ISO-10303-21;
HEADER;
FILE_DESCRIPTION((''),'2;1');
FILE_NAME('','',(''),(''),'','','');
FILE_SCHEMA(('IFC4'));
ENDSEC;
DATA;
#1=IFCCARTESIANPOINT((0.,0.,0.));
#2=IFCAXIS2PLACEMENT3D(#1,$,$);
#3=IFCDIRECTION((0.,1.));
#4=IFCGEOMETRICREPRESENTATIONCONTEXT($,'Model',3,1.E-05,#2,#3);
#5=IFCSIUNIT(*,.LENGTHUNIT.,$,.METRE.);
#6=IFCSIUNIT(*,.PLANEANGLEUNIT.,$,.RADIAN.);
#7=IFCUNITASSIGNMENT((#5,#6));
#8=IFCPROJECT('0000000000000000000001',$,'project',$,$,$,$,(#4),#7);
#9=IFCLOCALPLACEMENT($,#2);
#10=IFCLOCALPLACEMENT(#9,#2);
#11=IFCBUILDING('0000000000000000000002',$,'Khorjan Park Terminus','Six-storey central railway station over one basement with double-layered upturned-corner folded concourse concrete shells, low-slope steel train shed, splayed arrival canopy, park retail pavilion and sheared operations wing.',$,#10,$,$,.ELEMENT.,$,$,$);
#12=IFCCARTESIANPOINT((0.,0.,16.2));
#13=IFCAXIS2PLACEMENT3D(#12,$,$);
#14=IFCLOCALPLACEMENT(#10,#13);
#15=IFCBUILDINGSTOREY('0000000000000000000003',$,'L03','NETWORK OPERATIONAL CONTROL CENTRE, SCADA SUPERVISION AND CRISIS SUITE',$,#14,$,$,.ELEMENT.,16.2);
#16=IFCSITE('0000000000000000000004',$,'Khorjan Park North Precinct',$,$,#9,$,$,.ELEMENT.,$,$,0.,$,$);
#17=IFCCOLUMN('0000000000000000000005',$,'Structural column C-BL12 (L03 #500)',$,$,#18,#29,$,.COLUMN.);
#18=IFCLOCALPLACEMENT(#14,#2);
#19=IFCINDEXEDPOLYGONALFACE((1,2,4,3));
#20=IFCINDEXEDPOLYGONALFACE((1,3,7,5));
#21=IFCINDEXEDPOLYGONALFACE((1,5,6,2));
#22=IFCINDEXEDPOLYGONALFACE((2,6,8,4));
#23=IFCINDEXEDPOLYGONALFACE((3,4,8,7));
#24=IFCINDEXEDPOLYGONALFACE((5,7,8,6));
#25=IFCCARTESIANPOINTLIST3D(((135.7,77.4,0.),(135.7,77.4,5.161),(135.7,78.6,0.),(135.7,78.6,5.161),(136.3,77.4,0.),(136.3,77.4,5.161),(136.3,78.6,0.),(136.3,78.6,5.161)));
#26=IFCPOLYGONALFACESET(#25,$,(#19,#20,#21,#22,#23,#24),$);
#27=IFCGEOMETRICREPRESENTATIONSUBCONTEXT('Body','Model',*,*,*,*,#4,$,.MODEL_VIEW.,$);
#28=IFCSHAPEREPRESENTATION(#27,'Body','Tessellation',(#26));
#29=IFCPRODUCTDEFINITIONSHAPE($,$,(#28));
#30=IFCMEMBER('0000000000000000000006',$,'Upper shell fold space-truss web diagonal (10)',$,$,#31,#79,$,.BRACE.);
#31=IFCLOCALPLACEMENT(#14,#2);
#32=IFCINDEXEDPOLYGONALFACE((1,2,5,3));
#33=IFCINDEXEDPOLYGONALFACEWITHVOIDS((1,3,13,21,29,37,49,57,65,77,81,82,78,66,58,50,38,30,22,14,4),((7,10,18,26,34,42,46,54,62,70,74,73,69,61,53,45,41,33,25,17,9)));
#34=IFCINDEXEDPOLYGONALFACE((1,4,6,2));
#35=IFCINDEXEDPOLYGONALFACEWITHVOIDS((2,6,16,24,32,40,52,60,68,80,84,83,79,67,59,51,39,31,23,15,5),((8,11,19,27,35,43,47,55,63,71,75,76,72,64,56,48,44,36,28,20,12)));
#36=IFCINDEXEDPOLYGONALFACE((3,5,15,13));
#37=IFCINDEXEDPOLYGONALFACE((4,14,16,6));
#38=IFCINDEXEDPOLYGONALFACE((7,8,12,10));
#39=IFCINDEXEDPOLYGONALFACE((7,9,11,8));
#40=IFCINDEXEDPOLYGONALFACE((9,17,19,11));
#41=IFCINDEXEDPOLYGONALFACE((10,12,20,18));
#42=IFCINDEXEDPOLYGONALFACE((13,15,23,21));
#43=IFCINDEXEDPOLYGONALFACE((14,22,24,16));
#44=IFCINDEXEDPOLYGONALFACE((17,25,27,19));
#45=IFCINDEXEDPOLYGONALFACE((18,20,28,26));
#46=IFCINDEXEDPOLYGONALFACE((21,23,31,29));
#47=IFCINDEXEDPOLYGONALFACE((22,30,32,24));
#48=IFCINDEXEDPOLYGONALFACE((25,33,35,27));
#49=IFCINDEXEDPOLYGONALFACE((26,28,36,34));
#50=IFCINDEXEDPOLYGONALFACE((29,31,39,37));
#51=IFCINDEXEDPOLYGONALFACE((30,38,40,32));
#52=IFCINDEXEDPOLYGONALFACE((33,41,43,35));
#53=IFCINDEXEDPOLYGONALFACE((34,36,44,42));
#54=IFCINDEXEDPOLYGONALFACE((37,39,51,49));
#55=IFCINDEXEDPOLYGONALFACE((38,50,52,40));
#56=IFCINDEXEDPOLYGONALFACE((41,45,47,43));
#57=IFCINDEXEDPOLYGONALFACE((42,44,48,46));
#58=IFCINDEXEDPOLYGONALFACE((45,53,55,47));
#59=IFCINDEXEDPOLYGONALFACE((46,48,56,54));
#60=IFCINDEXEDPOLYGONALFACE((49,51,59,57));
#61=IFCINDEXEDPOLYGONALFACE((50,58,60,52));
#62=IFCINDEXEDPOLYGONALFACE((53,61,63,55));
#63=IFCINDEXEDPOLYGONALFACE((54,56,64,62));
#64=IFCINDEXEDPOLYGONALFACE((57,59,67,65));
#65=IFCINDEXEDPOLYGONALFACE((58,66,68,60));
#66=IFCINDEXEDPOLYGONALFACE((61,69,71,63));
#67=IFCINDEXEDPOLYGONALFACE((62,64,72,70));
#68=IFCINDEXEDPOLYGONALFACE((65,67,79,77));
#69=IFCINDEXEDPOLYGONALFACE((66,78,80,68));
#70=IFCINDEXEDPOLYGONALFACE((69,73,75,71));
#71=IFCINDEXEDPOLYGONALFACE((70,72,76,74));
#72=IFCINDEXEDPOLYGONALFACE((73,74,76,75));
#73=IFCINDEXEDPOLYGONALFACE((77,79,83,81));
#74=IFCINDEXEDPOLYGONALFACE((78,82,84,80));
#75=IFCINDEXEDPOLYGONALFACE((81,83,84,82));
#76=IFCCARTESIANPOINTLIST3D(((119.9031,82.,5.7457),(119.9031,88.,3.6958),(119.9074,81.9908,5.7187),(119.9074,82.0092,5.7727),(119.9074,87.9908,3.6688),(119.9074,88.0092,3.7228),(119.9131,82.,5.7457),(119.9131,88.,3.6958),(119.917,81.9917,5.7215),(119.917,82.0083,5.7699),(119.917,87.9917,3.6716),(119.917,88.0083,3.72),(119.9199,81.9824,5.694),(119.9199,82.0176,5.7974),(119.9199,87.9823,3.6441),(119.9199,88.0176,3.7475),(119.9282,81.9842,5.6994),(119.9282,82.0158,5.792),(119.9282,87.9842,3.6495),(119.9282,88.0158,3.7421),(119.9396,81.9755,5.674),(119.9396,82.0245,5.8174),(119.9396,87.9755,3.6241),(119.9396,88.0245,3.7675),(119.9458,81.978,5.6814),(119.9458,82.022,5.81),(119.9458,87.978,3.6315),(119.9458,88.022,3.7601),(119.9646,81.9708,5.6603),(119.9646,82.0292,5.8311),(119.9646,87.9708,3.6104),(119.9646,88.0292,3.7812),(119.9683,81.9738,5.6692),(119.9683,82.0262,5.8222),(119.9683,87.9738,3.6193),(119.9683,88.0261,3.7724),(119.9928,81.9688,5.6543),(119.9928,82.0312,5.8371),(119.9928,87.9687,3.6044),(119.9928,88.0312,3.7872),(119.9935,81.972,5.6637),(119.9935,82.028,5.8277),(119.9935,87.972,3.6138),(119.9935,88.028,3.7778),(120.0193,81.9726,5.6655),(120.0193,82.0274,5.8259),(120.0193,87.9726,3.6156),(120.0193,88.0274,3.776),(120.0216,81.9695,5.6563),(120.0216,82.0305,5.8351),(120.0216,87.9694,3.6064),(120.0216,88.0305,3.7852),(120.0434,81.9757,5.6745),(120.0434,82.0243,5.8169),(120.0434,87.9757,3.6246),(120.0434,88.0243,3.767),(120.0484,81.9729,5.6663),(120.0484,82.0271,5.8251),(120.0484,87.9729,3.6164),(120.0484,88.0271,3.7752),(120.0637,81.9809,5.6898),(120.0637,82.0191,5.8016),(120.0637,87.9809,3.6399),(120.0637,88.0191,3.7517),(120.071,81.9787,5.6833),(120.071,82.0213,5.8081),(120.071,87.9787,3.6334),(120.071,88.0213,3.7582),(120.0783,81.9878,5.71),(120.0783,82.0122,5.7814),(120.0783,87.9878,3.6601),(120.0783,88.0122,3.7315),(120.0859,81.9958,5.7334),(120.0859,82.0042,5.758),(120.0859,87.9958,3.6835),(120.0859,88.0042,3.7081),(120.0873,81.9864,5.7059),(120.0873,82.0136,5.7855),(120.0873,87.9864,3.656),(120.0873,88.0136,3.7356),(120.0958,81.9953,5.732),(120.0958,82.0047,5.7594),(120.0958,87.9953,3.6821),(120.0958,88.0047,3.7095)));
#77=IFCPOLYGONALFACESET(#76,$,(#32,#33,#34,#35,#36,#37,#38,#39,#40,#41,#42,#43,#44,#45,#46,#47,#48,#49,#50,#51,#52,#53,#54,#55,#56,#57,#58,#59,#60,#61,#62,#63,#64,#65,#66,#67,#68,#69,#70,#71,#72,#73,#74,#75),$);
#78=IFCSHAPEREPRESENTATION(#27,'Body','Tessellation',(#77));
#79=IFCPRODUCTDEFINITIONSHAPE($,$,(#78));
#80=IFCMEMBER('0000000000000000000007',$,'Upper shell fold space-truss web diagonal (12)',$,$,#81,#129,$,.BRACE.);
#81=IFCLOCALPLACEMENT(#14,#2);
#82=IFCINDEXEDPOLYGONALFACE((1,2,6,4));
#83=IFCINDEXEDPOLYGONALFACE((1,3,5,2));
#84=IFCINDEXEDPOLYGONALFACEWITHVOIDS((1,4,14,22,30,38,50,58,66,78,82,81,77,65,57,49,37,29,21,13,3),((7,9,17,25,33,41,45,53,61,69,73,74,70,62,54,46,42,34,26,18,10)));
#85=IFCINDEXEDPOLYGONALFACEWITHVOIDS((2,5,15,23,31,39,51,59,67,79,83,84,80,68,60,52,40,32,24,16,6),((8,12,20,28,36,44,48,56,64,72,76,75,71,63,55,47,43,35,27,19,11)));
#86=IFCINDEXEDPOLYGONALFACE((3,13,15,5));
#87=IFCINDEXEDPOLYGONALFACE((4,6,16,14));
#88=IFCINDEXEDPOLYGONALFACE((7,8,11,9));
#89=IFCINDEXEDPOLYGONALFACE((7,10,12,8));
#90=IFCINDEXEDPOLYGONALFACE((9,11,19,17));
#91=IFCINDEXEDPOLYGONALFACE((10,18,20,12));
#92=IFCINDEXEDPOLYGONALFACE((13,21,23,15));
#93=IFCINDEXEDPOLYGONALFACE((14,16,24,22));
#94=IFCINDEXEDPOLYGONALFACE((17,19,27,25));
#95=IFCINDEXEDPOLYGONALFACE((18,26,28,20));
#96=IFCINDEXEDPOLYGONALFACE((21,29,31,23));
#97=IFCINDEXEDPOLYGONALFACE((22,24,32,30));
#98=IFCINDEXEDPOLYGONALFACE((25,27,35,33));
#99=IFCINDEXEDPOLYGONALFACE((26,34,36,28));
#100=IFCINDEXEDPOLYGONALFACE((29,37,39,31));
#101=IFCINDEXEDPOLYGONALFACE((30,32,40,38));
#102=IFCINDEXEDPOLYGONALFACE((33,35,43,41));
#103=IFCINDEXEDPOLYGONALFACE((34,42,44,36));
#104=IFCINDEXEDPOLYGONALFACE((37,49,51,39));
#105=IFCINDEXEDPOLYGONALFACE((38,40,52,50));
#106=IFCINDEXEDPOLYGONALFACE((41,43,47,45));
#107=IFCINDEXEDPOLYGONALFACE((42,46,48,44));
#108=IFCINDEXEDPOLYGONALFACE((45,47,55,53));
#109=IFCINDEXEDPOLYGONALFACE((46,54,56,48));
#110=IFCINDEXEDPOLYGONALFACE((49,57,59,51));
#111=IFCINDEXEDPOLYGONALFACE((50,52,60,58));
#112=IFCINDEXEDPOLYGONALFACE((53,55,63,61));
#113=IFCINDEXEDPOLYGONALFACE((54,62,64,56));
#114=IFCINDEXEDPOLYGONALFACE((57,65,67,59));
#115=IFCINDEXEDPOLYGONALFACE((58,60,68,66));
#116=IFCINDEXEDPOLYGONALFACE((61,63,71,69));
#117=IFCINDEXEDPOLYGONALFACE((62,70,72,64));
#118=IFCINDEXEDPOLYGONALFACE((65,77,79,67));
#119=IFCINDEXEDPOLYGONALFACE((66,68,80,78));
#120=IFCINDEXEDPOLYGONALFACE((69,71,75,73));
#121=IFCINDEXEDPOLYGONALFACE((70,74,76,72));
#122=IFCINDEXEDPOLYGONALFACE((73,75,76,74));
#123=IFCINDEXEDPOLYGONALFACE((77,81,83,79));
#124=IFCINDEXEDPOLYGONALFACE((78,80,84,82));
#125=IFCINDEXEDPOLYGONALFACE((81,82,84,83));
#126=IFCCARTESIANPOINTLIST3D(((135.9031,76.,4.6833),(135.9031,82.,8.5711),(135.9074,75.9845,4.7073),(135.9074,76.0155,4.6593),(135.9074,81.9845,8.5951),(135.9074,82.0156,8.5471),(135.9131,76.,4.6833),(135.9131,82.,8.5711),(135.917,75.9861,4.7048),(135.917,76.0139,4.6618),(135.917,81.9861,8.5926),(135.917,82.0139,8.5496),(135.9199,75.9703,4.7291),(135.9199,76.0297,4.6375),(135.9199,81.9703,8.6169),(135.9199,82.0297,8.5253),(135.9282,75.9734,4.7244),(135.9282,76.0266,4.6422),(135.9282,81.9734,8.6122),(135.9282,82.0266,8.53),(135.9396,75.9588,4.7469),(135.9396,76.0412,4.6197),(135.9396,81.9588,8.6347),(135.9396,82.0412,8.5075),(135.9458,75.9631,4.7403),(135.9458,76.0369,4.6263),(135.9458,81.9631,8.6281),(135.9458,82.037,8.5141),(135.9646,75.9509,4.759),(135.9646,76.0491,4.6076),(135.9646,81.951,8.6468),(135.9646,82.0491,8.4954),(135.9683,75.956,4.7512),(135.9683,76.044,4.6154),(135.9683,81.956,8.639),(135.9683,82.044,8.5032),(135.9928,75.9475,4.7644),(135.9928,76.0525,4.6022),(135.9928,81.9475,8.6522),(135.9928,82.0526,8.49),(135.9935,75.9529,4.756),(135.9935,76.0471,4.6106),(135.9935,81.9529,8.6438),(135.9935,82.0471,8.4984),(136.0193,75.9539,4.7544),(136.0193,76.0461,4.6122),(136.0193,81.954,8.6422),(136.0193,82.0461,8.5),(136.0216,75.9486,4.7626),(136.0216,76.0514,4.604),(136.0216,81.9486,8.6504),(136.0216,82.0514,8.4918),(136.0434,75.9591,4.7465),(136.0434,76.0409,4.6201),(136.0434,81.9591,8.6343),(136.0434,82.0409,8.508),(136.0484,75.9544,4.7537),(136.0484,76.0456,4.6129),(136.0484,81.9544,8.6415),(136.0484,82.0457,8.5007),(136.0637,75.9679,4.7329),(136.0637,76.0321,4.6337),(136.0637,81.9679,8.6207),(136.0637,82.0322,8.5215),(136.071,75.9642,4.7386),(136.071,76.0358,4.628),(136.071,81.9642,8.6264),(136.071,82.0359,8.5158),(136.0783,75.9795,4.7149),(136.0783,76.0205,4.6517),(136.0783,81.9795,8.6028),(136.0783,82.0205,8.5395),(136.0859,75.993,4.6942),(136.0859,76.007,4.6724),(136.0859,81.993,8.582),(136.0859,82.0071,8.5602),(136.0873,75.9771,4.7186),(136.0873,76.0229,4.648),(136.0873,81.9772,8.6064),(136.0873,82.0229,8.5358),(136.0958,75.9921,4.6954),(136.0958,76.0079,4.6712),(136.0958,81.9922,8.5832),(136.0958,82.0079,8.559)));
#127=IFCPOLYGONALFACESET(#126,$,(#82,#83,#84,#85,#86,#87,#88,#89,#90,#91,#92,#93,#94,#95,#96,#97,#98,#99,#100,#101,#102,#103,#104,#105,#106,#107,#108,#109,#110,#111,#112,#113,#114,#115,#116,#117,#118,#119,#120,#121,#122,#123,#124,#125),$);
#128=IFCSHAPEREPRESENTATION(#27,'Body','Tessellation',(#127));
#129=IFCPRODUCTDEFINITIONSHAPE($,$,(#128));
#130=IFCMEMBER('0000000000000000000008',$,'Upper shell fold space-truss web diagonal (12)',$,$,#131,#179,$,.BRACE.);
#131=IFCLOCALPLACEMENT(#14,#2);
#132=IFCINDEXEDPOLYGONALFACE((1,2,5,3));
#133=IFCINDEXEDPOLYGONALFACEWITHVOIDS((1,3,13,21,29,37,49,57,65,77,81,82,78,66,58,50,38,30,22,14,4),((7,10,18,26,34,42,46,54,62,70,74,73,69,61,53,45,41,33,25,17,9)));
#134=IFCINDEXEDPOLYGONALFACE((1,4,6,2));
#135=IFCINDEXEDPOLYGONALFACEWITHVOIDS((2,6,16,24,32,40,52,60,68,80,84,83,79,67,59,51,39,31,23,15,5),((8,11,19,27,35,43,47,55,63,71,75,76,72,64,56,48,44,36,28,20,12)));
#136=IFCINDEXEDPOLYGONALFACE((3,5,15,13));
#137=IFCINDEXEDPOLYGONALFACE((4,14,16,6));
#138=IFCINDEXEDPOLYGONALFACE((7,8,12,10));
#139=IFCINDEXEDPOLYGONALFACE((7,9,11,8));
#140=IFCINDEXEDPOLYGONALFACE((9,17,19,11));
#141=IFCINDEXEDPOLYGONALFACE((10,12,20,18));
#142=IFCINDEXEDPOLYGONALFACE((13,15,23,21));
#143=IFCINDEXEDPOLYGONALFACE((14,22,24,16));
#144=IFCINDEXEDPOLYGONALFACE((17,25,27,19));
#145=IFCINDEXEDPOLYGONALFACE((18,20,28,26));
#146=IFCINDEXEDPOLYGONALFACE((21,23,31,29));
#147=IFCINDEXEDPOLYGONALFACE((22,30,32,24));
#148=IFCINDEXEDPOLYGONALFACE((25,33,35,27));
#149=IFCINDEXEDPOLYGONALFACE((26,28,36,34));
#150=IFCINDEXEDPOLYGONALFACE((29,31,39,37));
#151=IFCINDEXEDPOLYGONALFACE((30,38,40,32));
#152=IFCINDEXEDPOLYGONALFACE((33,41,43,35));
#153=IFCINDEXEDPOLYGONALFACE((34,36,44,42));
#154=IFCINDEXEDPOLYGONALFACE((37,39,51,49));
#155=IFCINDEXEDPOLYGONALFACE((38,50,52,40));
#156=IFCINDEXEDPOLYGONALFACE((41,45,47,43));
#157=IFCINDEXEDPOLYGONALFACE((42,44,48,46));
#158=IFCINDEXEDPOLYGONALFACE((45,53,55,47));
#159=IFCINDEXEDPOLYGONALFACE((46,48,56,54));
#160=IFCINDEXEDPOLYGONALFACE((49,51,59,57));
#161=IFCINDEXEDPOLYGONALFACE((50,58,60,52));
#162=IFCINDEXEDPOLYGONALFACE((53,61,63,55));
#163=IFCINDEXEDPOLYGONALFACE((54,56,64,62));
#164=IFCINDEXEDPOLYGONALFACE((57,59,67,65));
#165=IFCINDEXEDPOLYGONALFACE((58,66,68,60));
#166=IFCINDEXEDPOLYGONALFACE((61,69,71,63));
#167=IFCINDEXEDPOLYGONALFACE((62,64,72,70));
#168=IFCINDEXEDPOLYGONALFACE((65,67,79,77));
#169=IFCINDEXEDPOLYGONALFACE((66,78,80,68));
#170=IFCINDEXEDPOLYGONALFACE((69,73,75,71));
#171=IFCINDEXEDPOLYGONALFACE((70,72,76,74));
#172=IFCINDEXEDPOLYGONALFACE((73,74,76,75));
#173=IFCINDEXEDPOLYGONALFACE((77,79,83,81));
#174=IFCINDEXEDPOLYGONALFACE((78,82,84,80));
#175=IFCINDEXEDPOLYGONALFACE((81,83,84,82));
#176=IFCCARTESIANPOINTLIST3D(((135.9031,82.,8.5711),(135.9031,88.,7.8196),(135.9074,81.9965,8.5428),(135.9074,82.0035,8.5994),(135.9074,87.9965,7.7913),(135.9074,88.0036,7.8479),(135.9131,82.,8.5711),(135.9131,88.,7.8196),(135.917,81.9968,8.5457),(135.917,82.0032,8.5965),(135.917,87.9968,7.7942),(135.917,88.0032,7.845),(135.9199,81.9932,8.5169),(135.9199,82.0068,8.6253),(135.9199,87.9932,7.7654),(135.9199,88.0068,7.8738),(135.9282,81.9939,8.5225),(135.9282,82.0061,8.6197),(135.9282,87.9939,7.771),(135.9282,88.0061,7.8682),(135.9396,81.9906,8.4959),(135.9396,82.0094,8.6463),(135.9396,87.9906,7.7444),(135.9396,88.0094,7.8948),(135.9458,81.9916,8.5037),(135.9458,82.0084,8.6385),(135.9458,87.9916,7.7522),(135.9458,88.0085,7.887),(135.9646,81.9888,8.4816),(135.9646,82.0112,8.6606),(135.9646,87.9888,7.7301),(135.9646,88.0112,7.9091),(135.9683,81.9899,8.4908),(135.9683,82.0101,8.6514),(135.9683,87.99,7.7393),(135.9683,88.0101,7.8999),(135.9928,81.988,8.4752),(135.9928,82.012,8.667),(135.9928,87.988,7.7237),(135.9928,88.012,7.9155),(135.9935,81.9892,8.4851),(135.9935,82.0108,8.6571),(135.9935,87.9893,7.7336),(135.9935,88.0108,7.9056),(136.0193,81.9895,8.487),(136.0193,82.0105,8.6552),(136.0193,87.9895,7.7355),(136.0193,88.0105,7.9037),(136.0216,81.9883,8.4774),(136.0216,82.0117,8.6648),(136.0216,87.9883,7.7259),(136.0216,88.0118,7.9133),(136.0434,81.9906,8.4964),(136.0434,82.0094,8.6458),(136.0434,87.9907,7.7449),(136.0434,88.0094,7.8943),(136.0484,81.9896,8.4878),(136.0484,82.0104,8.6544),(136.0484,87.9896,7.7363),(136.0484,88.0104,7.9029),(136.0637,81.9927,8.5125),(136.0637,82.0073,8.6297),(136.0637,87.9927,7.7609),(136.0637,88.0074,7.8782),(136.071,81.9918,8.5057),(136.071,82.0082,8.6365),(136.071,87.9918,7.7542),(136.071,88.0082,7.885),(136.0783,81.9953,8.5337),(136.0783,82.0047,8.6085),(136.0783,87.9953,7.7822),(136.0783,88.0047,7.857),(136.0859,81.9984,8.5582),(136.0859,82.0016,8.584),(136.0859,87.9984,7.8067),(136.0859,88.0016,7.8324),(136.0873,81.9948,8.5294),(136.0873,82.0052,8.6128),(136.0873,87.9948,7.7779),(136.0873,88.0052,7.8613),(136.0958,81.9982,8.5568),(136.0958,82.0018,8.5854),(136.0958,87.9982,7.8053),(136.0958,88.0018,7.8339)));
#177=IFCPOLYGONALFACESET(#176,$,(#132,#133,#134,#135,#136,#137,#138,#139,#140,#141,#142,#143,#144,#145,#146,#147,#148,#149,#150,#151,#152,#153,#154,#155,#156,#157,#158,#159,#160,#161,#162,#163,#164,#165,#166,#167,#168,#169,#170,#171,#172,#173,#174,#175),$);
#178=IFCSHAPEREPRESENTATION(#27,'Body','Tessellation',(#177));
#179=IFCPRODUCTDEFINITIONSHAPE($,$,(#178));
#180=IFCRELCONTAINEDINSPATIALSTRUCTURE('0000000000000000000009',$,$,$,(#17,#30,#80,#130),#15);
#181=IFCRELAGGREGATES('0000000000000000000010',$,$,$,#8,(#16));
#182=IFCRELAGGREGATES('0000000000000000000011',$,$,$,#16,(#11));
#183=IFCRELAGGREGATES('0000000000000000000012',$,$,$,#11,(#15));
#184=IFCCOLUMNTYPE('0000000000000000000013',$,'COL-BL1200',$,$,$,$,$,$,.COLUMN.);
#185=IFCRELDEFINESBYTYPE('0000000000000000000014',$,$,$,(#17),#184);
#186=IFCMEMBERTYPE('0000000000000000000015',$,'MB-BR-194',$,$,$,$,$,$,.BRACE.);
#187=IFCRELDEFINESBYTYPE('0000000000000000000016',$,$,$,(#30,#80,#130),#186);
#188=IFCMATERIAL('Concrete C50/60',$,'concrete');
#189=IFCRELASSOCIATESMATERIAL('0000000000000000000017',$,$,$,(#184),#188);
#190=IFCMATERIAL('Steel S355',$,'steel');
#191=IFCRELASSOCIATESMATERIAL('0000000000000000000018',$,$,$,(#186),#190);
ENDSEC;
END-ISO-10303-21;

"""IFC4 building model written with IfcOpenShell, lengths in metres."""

from ifc_helpers import new_model, si_unit, direction, frame, origin, origin_2d, place, context, subcontext, project, spatial, rectangle, hollow_circle, extrude, material, material_profile, profile_set, type_object, element, save


model = new_model("IFC4")

# Units and contexts
model_context = context("Model", 3, precision=1e-05, world=origin(), true_north=direction((0.0, 1.0)))
body_context = subcontext(model_context, "Body", "Model", "MODEL_VIEW")
ifc_project = project(units=[si_unit("LENGTHUNIT", "METRE"), si_unit("PLANEANGLEUNIT", "RADIAN")], contexts=[model_context])

# Site, building, storey
site_placement = place(None, origin())
site = spatial("IfcSite", under=ifc_project, at=site_placement, Name="Khorjan Park North Precinct", CompositionType="ELEMENT", RefElevation=0.0)
building_placement = place(site_placement, origin())
building = spatial("IfcBuilding", under=site, at=building_placement, Name="Khorjan Park Terminus", Description="Six-storey central railway station over one basement with double-layered upturned-corner folded concourse concrete shells, low-slope steel train shed, splayed arrival canopy, park retail pavilion and sheared operations wing.", CompositionType="ELEMENT")
storey_placement = place(building_placement, frame((0.0, 0.0, 16.2)))
storey = spatial("IfcBuildingStorey", under=building, at=storey_placement, Name="L03", Description="NETWORK OPERATIONAL CONTROL CENTRE, SCADA SUPERVISION AND CRISIS SUITE", CompositionType="ELEMENT", Elevation=16.2)

# Column
ifc_material_1 = material(Name="Concrete C50/60", Category="concrete")
ifc_material_profile_1 = material_profile(ifc_material_1, rectangle(XDim=0.6, YDim=1.2, at=origin_2d()), Name="RC 600x1200")
ifc_profile_set_1 = profile_set([ifc_material_profile_1], Name="Concrete C50/60")
column_type = type_object("IfcColumnType", Name="COL-BL1200", PredefinedType="COLUMN", material=ifc_profile_set_1)
column_placement = place(storey_placement, frame((136.0, 78.0, 0.0), z_axis=(0.0, 0.0, 1.0), x_axis=(1.0, 0.0, 0.0)))
element("IfcColumn", 1, at=column_placement, inside=storey, type_object=column_type, Name="Structural column C-BL12 (L03 #500)", PredefinedType="COLUMN", context=body_context, shape_type="SweptSolid", body=[
    extrude(rectangle(XDim=0.6, YDim=1.2, at=origin_2d()), origin(), (0.0, 0.0, 1.0), 5.161),
])

# Members
ifc_material_2 = material(Name="Steel S355", Category="steel")
ifc_material_profile_2 = material_profile(ifc_material_2, hollow_circle(Radius=0.0969, WallThickness=0.01, at=origin_2d()), Name="CHS 193.7x10")
ifc_profile_set_2 = profile_set([ifc_material_profile_2], Name="Steel S355")
member_type_1 = type_object("IfcMemberType", Name="MB-BR-194", PredefinedType="BRACE", material=ifc_profile_set_2)
member_1_placement = place(storey_placement, frame((120.0, 82.0, 5.7457), z_axis=(0.0, 0.946296, -0.323302), x_axis=(-1.0, 0.0, 0.0)))
element("IfcMember", 2, at=member_1_placement, inside=storey, type_object=member_type_1, Name="Upper shell fold space-truss web diagonal (10)", PredefinedType="BRACE", context=body_context, shape_type="SweptSolid", body=[
    extrude(hollow_circle(Radius=0.0969, WallThickness=0.01, at=origin_2d()), origin(), (0.0, 0.0, 1.0), 6.3405),
])
member_2_placement = place(storey_placement, frame((136.0, 76.0, 4.6833), z_axis=(0.0, 0.839222, 0.543788), x_axis=(-1.0, 0.0, 0.0)))
element("IfcMember", 3, at=member_2_placement, inside=storey, type_object=member_type_1, Name="Upper shell fold space-truss web diagonal (12)", PredefinedType="BRACE", context=body_context, shape_type="SweptSolid", body=[
    extrude(hollow_circle(Radius=0.0969, WallThickness=0.01, at=origin_2d()), origin(), (0.0, 0.0, 1.0), 7.1495),
])
member_3_placement = place(storey_placement, frame((136.0, 82.0, 8.5711), z_axis=(0.0, 0.992247, -0.124279), x_axis=(-1.0, 0.0, 0.0)))
element("IfcMember", 4, at=member_3_placement, inside=storey, type_object=member_type_1, Name="Upper shell fold space-truss web diagonal (12)", PredefinedType="BRACE", context=body_context, shape_type="SweptSolid", body=[
    extrude(hollow_circle(Radius=0.0969, WallThickness=0.01, at=origin_2d()), origin(), (0.0, 0.0, 1.0), 6.0469),
])

save(model, "model.ifc")
